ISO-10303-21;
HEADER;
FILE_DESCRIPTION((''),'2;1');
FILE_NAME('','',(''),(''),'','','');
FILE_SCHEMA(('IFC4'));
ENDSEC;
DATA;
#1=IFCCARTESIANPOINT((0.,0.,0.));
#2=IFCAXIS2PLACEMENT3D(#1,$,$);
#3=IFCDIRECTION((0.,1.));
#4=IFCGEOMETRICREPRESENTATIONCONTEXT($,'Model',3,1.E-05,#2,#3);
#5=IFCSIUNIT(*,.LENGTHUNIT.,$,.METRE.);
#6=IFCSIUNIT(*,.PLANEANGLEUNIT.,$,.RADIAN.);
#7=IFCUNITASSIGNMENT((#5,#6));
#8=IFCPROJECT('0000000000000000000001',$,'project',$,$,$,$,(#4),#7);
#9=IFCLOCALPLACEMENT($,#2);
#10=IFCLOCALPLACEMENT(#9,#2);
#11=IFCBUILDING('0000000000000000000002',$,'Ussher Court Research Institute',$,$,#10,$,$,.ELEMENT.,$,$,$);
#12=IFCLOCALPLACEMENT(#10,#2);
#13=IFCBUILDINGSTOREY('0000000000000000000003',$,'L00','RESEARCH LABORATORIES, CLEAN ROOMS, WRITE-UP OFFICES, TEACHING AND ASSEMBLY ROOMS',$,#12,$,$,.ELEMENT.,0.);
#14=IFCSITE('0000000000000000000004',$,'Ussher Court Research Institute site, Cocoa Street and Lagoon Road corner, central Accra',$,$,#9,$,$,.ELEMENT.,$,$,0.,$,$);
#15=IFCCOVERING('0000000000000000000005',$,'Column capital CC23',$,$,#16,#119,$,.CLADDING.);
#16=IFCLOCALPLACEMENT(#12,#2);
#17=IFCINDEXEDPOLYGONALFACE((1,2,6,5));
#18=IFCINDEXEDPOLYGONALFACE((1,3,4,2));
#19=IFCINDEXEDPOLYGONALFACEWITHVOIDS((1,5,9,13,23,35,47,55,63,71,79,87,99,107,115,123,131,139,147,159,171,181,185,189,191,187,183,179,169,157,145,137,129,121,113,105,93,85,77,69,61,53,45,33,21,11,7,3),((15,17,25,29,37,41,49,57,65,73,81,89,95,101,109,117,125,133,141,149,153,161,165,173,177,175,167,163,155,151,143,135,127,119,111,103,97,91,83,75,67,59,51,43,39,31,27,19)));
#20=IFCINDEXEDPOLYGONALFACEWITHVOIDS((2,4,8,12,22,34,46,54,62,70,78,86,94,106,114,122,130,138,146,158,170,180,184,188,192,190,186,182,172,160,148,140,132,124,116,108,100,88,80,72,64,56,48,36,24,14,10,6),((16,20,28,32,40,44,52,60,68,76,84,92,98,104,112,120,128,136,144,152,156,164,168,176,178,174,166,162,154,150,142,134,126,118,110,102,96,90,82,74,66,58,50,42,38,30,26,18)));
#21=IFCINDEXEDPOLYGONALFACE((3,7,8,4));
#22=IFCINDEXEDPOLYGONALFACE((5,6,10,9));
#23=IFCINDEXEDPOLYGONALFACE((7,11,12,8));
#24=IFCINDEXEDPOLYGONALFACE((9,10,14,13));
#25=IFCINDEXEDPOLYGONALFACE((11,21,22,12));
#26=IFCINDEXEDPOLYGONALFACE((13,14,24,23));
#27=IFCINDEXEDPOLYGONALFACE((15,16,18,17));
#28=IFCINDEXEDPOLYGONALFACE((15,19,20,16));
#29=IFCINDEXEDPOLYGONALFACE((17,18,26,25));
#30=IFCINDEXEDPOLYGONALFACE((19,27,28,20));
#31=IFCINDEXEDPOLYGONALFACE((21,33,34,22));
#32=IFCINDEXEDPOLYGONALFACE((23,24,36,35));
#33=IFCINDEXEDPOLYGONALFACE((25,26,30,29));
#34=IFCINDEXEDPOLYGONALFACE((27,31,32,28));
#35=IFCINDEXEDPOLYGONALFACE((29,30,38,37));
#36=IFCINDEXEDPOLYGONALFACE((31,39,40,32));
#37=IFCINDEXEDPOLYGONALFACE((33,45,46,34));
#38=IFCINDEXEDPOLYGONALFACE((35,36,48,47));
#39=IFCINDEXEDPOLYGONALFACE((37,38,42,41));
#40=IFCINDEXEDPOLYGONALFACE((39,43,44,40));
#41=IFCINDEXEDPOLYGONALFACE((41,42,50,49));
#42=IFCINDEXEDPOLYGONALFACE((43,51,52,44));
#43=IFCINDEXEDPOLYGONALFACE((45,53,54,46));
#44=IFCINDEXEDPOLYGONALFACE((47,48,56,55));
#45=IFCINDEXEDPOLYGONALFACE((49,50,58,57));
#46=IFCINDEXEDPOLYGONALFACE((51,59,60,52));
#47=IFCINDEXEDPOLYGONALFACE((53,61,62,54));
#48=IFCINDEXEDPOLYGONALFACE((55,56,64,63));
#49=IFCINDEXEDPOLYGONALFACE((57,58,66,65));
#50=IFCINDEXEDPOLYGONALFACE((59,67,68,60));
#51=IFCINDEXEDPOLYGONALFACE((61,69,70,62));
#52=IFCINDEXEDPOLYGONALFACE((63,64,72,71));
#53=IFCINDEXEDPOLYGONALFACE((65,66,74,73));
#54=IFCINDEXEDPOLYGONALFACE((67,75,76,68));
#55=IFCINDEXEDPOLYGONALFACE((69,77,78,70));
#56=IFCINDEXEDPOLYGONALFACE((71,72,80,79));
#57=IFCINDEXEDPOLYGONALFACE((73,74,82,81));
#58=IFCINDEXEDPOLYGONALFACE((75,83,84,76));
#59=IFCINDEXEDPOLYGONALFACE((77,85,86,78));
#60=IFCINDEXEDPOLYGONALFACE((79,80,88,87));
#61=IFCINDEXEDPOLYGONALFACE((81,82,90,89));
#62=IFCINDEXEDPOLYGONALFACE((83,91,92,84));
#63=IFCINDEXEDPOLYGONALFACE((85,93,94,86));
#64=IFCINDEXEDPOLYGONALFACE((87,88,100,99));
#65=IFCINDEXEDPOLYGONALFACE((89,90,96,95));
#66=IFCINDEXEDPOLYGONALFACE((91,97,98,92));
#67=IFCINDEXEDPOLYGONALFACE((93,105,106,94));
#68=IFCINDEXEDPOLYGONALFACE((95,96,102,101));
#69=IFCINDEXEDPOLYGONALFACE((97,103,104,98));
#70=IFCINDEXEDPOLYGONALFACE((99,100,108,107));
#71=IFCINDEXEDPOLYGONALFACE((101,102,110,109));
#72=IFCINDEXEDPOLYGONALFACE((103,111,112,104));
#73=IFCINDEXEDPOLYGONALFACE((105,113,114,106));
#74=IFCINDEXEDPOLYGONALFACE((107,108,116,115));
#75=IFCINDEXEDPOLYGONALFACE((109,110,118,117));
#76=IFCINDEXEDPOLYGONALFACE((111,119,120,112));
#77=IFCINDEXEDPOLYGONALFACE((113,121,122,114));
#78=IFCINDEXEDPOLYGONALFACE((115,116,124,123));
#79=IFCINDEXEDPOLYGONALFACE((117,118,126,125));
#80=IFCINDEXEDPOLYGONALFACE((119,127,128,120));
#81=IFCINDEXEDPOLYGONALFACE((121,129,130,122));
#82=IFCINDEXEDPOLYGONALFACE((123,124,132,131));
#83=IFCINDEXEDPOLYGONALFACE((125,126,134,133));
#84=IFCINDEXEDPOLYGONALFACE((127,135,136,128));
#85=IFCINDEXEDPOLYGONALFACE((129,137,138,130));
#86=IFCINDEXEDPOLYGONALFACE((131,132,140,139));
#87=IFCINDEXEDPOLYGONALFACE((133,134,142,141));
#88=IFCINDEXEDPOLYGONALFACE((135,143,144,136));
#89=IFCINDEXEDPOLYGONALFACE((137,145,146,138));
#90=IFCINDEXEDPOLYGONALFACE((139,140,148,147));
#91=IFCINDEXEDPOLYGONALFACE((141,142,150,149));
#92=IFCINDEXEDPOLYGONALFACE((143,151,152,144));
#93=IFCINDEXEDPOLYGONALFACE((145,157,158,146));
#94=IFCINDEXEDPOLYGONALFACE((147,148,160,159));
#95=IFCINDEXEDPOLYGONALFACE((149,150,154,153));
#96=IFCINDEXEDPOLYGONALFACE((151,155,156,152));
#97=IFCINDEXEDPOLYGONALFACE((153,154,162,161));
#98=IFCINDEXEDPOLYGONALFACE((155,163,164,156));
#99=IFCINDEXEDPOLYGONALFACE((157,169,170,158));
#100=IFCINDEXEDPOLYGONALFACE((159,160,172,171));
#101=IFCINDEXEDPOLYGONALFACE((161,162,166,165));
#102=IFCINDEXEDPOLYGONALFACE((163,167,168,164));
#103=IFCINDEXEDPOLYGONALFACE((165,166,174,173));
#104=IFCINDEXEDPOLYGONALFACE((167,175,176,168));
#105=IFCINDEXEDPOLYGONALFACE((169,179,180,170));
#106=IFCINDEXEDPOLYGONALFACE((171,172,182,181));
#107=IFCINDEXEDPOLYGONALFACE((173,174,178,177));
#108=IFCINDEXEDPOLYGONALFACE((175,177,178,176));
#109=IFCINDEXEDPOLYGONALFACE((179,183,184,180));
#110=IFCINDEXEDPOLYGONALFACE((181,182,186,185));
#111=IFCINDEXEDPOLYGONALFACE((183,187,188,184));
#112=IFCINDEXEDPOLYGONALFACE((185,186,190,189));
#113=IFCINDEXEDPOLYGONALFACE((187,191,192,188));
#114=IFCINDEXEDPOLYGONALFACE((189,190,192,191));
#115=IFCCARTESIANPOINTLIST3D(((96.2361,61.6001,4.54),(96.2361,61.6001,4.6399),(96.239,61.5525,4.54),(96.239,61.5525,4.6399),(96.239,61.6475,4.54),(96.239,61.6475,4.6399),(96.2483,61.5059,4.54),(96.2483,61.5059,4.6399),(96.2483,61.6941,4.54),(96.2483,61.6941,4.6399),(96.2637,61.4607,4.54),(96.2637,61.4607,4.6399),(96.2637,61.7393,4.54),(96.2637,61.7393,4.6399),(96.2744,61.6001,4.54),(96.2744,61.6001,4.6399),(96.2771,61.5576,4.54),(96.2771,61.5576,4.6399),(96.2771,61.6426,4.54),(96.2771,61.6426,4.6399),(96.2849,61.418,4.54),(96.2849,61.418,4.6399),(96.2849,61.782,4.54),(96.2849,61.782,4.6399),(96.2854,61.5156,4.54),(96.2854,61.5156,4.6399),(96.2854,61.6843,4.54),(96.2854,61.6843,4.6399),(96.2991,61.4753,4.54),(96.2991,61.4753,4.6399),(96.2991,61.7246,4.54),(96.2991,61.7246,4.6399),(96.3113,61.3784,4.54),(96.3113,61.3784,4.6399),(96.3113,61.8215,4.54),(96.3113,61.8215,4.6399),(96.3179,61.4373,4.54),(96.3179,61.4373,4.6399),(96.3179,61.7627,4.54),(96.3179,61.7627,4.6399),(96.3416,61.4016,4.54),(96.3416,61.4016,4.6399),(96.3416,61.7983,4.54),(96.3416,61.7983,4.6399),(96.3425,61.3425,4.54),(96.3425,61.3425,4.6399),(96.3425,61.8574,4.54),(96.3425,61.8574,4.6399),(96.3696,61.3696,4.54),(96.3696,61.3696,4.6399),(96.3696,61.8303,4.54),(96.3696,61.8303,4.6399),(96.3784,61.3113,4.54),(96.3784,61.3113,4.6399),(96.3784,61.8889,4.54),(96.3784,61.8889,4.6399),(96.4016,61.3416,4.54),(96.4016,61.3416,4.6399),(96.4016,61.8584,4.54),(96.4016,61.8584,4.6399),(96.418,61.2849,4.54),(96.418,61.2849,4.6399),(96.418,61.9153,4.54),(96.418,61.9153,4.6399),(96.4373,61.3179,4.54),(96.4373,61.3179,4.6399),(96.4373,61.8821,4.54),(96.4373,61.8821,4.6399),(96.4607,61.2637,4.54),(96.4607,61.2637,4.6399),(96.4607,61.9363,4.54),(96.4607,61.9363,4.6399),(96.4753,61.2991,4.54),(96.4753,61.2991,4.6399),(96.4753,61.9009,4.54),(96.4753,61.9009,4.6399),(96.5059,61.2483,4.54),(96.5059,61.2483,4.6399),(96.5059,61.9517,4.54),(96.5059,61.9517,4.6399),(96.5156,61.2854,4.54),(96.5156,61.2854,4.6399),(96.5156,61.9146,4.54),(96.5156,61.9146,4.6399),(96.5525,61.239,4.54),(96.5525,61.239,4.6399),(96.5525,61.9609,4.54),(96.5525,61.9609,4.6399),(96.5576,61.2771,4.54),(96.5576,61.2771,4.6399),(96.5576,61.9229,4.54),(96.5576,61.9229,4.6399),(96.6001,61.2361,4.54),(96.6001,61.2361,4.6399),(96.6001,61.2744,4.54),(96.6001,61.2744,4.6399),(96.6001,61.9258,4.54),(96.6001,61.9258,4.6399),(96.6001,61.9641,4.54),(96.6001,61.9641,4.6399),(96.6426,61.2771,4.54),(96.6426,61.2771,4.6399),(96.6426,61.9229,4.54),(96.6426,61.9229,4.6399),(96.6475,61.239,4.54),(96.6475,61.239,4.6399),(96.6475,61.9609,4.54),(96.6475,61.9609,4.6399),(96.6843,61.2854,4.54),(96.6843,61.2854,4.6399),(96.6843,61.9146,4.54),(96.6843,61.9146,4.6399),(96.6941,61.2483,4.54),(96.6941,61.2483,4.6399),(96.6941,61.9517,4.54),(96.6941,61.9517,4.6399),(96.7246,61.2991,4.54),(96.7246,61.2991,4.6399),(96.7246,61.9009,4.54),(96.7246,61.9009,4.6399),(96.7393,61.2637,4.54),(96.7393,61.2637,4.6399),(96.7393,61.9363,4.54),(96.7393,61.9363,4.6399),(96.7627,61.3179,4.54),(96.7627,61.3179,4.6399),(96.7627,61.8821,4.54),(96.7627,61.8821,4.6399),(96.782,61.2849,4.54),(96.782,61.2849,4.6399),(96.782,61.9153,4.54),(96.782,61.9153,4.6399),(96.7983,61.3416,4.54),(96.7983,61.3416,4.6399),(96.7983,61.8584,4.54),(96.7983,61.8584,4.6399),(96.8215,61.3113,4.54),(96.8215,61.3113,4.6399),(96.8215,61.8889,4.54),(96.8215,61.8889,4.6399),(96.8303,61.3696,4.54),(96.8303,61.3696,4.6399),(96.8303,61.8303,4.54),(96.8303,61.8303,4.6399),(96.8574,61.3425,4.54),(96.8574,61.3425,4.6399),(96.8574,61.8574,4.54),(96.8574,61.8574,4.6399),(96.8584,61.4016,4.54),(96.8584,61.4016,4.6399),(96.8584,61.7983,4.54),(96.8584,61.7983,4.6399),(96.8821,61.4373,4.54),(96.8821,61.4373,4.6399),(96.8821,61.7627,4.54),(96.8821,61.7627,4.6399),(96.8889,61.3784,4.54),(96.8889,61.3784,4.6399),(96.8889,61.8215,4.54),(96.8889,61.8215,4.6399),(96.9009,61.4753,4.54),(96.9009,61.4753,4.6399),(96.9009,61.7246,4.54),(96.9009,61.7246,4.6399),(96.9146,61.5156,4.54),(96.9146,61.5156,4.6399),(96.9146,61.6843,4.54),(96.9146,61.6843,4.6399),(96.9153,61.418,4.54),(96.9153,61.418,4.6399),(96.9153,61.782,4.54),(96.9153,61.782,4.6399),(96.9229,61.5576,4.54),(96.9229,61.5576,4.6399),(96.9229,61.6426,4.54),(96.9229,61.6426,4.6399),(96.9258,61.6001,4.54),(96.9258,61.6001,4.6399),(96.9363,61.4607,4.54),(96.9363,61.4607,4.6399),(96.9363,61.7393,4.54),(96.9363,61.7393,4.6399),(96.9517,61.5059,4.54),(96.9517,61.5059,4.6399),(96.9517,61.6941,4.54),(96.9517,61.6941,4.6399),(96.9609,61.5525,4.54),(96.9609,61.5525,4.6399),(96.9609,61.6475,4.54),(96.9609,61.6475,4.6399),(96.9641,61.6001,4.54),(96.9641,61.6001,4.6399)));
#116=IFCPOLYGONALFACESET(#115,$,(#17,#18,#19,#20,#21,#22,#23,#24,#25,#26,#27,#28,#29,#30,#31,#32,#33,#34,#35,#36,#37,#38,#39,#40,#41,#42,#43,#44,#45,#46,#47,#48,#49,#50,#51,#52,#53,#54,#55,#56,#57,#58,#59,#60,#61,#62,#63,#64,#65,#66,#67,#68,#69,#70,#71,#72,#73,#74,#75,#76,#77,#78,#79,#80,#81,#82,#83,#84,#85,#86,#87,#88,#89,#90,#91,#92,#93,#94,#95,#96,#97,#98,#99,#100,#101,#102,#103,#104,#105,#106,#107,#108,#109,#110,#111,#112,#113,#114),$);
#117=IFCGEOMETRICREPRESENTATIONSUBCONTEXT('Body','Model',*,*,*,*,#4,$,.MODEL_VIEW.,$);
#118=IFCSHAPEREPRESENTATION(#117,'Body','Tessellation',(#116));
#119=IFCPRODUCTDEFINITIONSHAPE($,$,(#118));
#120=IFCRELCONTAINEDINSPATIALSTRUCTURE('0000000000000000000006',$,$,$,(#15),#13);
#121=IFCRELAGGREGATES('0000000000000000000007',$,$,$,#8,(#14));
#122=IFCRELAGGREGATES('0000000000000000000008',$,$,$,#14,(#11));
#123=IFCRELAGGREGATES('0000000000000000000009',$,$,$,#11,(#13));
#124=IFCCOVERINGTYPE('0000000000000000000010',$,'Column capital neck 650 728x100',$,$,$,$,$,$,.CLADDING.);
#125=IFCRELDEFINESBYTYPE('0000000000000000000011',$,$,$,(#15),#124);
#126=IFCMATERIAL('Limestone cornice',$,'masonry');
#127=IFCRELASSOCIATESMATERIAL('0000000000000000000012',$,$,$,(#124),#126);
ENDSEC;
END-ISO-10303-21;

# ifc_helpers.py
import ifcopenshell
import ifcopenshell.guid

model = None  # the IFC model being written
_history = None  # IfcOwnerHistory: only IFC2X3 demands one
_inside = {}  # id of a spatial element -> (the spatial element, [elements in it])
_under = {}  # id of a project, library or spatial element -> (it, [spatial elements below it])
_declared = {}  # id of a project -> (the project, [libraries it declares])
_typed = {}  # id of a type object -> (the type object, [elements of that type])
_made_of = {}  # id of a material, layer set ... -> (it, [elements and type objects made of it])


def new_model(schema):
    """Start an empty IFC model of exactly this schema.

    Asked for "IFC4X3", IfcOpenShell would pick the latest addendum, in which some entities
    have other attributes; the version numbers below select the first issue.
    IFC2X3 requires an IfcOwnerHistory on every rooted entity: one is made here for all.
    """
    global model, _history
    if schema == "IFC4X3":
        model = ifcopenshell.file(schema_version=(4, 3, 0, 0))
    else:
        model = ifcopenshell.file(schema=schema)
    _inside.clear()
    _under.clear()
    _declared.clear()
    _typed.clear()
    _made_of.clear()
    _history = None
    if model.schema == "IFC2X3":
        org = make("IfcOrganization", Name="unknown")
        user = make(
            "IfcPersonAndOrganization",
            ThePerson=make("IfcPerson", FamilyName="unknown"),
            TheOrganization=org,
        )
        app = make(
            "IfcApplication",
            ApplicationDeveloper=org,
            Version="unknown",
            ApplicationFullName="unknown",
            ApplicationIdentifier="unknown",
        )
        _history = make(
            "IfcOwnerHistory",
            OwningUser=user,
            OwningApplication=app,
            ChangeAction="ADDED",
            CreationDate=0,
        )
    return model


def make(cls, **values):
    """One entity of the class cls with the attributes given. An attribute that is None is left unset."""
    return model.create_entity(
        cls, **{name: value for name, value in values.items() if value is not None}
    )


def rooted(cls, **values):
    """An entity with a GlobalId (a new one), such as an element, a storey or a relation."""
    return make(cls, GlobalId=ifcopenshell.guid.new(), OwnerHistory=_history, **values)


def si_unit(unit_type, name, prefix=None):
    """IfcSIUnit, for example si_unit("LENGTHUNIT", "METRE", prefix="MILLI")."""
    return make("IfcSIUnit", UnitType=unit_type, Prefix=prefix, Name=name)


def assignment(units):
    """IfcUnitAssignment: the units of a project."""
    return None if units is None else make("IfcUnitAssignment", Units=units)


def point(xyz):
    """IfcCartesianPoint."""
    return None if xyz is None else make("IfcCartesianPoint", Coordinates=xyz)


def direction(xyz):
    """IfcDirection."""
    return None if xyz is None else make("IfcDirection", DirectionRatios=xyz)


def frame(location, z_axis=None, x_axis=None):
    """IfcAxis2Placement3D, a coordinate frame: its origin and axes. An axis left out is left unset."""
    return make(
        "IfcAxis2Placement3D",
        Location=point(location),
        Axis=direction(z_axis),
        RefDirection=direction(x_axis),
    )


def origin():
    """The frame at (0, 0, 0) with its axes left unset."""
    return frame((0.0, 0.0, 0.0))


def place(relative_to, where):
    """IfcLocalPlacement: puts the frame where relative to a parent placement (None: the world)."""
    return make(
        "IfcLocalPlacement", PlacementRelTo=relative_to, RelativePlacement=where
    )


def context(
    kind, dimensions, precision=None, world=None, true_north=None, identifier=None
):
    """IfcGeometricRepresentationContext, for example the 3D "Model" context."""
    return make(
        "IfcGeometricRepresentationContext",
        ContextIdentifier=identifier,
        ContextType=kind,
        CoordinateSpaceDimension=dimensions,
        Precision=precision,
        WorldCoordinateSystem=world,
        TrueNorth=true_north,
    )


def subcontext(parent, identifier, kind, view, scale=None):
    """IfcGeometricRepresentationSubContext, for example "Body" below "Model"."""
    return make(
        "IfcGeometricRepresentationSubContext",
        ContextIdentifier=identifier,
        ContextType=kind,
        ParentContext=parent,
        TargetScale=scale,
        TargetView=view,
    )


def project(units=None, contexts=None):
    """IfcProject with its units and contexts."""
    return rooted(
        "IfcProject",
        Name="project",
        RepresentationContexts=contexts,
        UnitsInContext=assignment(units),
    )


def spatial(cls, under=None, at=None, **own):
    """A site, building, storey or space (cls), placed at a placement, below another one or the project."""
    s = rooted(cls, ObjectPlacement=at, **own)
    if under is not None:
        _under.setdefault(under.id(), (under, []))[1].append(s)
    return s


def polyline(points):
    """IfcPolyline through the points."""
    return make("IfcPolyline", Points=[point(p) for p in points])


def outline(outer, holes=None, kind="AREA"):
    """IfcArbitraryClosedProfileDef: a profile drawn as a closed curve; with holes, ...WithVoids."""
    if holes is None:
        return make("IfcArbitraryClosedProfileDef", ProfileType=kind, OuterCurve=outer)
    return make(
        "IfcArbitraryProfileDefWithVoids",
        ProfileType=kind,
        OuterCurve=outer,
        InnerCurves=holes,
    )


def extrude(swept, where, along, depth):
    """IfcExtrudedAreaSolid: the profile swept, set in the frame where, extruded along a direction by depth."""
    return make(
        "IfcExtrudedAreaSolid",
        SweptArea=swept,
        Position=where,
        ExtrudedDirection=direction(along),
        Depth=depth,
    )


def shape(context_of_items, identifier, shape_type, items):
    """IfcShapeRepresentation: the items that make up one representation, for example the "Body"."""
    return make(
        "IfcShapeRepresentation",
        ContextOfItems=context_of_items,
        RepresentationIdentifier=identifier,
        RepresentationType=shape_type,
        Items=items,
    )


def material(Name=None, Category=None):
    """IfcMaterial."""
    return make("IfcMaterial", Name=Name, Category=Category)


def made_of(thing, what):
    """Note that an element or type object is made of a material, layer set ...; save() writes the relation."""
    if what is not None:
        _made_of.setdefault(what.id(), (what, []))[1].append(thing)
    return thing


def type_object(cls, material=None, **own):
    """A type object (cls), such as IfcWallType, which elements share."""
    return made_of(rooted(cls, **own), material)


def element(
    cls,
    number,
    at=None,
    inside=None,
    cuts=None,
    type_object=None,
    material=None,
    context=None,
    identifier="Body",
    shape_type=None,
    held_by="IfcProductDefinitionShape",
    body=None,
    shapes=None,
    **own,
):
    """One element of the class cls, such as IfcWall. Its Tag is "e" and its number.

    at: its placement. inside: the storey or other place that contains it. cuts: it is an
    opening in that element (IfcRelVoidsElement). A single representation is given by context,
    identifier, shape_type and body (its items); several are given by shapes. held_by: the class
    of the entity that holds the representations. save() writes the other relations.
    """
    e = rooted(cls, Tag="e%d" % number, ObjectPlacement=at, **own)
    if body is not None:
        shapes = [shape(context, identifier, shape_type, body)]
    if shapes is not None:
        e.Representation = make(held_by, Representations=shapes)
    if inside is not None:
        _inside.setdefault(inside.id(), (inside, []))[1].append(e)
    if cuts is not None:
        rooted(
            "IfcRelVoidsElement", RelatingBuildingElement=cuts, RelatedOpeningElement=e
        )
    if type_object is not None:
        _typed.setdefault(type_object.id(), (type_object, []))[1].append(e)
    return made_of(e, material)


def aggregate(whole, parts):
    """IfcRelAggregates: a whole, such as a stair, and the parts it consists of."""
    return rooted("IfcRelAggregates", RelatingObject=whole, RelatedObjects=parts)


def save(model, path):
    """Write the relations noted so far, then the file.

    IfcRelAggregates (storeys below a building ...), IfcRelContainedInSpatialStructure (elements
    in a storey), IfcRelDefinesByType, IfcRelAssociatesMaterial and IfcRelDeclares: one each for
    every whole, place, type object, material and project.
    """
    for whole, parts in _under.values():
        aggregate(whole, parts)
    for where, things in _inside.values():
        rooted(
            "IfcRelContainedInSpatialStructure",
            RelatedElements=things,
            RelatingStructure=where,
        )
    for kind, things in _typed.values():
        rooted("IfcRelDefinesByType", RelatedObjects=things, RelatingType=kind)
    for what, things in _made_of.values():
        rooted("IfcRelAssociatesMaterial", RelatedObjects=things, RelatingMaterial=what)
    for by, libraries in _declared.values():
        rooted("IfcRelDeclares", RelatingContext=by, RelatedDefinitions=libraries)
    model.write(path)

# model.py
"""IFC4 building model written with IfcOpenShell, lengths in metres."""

from ifc_helpers import new_model, si_unit, direction, frame, origin, place, context, subcontext, project, spatial, polyline, outline, extrude, material, type_object, element, save


model = new_model("IFC4")

# Units and contexts
model_context = context("Model", 3, precision=1e-05, world=origin(), true_north=direction((0.0, 1.0)))
body_context = subcontext(model_context, "Body", "Model", "MODEL_VIEW")
ifc_project = project(units=[si_unit("LENGTHUNIT", "METRE"), si_unit("PLANEANGLEUNIT", "RADIAN")], contexts=[model_context])

# Site, building, storey
site_placement = place(None, origin())
site = spatial("IfcSite", under=ifc_project, at=site_placement, Name="Ussher Court Research Institute site, Cocoa Street and Lagoon Road corner, central Accra", CompositionType="ELEMENT", RefElevation=0.0)
building_placement = place(site_placement, origin())
building = spatial("IfcBuilding", under=site, at=building_placement, Name="Ussher Court Research Institute", CompositionType="ELEMENT")
storey_placement = place(building_placement, origin())
storey = spatial("IfcBuildingStorey", under=building, at=storey_placement, Name="L00", Description="RESEARCH LABORATORIES, CLEAN ROOMS, WRITE-UP OFFICES, TEACHING AND ASSEMBLY ROOMS", CompositionType="ELEMENT", Elevation=0.0)

# Covering
ifc_material_1 = material(Name="Limestone cornice", Category="masonry")
covering_type_1 = type_object("IfcCoveringType", Name="Column capital neck 650 728x100", PredefinedType="CLADDING", material=ifc_material_1)
covering_1_placement = place(storey_placement, frame((0.0, 0.0, 4.54)))
element("IfcCovering", 1, at=covering_1_placement, inside=storey, type_object=covering_type_1, Name="Column capital CC23", PredefinedType="CLADDING", context=body_context, shape_type="SweptSolid", body=[
    extrude(outline(polyline([(96.9641, 61.6001), (96.9609, 61.6475), (96.9517, 61.6941), (96.9363, 61.7393), (96.9153, 61.782), (96.8889, 61.8215), (96.8574, 61.8574), (96.8215, 61.8889), (96.782, 61.9153), (96.7393, 61.9363), (96.6941, 61.9517), (96.6475, 61.9609), (96.6001, 61.9641), (96.5525, 61.9609), (96.5059, 61.9517), (96.4607, 61.9363), (96.418, 61.9153), (96.3784, 61.8889), (96.3425, 61.8574), (96.3113, 61.8215), (96.2849, 61.782), (96.2637, 61.7393), (96.2483, 61.6941), (96.239, 61.6475), (96.2361, 61.6001), (96.239, 61.5525), (96.2483, 61.5059), (96.2637, 61.4607), (96.2849, 61.418), (96.3113, 61.3784), (96.3425, 61.3425), (96.3784, 61.3113), (96.418, 61.2849), (96.4607, 61.2637), (96.5059, 61.2483), (96.5525, 61.239), (96.6001, 61.2361), (96.6475, 61.239), (96.6941, 61.2483), (96.7393, 61.2637), (96.782, 61.2849), (96.8215, 61.3113), (96.8574, 61.3425), (96.8889, 61.3784), (96.9153, 61.418), (96.9363, 61.4607), (96.9517, 61.5059), (96.9609, 61.5525), (96.9641, 61.6001)]), holes=[polyline([(96.9258, 61.6001), (96.9229, 61.6426), (96.9146, 61.6843), (96.9009, 61.7246), (96.8821, 61.7627), (96.8584, 61.7983), (96.8303, 61.8303), (96.7983, 61.8584), (96.7627, 61.8821), (96.7246, 61.9009), (96.6843, 61.9146), (96.6426, 61.9229), (96.6001, 61.9258), (96.5576, 61.9229), (96.5156, 61.9146), (96.4753, 61.9009), (96.4373, 61.8821), (96.4016, 61.8584), (96.3696, 61.8303), (96.3416, 61.7983), (96.3179, 61.7627), (96.2991, 61.7246), (96.2854, 61.6843), (96.2771, 61.6426), (96.2744, 61.6001), (96.2771, 61.5576), (96.2854, 61.5156), (96.2991, 61.4753), (96.3179, 61.4373), (96.3416, 61.4016), (96.3696, 61.3696), (96.4016, 61.3416), (96.4373, 61.3179), (96.4753, 61.2991), (96.5156, 61.2854), (96.5576, 61.2771), (96.6001, 61.2744), (96.6426, 61.2771), (96.6843, 61.2854), (96.7246, 61.2991), (96.7627, 61.3179), (96.7983, 61.3416), (96.8303, 61.3696), (96.8584, 61.4016), (96.8821, 61.4373), (96.9009, 61.4753), (96.9146, 61.5156), (96.9229, 61.5576), (96.9258, 61.6001)])]), origin(), (0.0, 0.0, 1.0), 0.0999),
])

save(model, "model.ifc")
